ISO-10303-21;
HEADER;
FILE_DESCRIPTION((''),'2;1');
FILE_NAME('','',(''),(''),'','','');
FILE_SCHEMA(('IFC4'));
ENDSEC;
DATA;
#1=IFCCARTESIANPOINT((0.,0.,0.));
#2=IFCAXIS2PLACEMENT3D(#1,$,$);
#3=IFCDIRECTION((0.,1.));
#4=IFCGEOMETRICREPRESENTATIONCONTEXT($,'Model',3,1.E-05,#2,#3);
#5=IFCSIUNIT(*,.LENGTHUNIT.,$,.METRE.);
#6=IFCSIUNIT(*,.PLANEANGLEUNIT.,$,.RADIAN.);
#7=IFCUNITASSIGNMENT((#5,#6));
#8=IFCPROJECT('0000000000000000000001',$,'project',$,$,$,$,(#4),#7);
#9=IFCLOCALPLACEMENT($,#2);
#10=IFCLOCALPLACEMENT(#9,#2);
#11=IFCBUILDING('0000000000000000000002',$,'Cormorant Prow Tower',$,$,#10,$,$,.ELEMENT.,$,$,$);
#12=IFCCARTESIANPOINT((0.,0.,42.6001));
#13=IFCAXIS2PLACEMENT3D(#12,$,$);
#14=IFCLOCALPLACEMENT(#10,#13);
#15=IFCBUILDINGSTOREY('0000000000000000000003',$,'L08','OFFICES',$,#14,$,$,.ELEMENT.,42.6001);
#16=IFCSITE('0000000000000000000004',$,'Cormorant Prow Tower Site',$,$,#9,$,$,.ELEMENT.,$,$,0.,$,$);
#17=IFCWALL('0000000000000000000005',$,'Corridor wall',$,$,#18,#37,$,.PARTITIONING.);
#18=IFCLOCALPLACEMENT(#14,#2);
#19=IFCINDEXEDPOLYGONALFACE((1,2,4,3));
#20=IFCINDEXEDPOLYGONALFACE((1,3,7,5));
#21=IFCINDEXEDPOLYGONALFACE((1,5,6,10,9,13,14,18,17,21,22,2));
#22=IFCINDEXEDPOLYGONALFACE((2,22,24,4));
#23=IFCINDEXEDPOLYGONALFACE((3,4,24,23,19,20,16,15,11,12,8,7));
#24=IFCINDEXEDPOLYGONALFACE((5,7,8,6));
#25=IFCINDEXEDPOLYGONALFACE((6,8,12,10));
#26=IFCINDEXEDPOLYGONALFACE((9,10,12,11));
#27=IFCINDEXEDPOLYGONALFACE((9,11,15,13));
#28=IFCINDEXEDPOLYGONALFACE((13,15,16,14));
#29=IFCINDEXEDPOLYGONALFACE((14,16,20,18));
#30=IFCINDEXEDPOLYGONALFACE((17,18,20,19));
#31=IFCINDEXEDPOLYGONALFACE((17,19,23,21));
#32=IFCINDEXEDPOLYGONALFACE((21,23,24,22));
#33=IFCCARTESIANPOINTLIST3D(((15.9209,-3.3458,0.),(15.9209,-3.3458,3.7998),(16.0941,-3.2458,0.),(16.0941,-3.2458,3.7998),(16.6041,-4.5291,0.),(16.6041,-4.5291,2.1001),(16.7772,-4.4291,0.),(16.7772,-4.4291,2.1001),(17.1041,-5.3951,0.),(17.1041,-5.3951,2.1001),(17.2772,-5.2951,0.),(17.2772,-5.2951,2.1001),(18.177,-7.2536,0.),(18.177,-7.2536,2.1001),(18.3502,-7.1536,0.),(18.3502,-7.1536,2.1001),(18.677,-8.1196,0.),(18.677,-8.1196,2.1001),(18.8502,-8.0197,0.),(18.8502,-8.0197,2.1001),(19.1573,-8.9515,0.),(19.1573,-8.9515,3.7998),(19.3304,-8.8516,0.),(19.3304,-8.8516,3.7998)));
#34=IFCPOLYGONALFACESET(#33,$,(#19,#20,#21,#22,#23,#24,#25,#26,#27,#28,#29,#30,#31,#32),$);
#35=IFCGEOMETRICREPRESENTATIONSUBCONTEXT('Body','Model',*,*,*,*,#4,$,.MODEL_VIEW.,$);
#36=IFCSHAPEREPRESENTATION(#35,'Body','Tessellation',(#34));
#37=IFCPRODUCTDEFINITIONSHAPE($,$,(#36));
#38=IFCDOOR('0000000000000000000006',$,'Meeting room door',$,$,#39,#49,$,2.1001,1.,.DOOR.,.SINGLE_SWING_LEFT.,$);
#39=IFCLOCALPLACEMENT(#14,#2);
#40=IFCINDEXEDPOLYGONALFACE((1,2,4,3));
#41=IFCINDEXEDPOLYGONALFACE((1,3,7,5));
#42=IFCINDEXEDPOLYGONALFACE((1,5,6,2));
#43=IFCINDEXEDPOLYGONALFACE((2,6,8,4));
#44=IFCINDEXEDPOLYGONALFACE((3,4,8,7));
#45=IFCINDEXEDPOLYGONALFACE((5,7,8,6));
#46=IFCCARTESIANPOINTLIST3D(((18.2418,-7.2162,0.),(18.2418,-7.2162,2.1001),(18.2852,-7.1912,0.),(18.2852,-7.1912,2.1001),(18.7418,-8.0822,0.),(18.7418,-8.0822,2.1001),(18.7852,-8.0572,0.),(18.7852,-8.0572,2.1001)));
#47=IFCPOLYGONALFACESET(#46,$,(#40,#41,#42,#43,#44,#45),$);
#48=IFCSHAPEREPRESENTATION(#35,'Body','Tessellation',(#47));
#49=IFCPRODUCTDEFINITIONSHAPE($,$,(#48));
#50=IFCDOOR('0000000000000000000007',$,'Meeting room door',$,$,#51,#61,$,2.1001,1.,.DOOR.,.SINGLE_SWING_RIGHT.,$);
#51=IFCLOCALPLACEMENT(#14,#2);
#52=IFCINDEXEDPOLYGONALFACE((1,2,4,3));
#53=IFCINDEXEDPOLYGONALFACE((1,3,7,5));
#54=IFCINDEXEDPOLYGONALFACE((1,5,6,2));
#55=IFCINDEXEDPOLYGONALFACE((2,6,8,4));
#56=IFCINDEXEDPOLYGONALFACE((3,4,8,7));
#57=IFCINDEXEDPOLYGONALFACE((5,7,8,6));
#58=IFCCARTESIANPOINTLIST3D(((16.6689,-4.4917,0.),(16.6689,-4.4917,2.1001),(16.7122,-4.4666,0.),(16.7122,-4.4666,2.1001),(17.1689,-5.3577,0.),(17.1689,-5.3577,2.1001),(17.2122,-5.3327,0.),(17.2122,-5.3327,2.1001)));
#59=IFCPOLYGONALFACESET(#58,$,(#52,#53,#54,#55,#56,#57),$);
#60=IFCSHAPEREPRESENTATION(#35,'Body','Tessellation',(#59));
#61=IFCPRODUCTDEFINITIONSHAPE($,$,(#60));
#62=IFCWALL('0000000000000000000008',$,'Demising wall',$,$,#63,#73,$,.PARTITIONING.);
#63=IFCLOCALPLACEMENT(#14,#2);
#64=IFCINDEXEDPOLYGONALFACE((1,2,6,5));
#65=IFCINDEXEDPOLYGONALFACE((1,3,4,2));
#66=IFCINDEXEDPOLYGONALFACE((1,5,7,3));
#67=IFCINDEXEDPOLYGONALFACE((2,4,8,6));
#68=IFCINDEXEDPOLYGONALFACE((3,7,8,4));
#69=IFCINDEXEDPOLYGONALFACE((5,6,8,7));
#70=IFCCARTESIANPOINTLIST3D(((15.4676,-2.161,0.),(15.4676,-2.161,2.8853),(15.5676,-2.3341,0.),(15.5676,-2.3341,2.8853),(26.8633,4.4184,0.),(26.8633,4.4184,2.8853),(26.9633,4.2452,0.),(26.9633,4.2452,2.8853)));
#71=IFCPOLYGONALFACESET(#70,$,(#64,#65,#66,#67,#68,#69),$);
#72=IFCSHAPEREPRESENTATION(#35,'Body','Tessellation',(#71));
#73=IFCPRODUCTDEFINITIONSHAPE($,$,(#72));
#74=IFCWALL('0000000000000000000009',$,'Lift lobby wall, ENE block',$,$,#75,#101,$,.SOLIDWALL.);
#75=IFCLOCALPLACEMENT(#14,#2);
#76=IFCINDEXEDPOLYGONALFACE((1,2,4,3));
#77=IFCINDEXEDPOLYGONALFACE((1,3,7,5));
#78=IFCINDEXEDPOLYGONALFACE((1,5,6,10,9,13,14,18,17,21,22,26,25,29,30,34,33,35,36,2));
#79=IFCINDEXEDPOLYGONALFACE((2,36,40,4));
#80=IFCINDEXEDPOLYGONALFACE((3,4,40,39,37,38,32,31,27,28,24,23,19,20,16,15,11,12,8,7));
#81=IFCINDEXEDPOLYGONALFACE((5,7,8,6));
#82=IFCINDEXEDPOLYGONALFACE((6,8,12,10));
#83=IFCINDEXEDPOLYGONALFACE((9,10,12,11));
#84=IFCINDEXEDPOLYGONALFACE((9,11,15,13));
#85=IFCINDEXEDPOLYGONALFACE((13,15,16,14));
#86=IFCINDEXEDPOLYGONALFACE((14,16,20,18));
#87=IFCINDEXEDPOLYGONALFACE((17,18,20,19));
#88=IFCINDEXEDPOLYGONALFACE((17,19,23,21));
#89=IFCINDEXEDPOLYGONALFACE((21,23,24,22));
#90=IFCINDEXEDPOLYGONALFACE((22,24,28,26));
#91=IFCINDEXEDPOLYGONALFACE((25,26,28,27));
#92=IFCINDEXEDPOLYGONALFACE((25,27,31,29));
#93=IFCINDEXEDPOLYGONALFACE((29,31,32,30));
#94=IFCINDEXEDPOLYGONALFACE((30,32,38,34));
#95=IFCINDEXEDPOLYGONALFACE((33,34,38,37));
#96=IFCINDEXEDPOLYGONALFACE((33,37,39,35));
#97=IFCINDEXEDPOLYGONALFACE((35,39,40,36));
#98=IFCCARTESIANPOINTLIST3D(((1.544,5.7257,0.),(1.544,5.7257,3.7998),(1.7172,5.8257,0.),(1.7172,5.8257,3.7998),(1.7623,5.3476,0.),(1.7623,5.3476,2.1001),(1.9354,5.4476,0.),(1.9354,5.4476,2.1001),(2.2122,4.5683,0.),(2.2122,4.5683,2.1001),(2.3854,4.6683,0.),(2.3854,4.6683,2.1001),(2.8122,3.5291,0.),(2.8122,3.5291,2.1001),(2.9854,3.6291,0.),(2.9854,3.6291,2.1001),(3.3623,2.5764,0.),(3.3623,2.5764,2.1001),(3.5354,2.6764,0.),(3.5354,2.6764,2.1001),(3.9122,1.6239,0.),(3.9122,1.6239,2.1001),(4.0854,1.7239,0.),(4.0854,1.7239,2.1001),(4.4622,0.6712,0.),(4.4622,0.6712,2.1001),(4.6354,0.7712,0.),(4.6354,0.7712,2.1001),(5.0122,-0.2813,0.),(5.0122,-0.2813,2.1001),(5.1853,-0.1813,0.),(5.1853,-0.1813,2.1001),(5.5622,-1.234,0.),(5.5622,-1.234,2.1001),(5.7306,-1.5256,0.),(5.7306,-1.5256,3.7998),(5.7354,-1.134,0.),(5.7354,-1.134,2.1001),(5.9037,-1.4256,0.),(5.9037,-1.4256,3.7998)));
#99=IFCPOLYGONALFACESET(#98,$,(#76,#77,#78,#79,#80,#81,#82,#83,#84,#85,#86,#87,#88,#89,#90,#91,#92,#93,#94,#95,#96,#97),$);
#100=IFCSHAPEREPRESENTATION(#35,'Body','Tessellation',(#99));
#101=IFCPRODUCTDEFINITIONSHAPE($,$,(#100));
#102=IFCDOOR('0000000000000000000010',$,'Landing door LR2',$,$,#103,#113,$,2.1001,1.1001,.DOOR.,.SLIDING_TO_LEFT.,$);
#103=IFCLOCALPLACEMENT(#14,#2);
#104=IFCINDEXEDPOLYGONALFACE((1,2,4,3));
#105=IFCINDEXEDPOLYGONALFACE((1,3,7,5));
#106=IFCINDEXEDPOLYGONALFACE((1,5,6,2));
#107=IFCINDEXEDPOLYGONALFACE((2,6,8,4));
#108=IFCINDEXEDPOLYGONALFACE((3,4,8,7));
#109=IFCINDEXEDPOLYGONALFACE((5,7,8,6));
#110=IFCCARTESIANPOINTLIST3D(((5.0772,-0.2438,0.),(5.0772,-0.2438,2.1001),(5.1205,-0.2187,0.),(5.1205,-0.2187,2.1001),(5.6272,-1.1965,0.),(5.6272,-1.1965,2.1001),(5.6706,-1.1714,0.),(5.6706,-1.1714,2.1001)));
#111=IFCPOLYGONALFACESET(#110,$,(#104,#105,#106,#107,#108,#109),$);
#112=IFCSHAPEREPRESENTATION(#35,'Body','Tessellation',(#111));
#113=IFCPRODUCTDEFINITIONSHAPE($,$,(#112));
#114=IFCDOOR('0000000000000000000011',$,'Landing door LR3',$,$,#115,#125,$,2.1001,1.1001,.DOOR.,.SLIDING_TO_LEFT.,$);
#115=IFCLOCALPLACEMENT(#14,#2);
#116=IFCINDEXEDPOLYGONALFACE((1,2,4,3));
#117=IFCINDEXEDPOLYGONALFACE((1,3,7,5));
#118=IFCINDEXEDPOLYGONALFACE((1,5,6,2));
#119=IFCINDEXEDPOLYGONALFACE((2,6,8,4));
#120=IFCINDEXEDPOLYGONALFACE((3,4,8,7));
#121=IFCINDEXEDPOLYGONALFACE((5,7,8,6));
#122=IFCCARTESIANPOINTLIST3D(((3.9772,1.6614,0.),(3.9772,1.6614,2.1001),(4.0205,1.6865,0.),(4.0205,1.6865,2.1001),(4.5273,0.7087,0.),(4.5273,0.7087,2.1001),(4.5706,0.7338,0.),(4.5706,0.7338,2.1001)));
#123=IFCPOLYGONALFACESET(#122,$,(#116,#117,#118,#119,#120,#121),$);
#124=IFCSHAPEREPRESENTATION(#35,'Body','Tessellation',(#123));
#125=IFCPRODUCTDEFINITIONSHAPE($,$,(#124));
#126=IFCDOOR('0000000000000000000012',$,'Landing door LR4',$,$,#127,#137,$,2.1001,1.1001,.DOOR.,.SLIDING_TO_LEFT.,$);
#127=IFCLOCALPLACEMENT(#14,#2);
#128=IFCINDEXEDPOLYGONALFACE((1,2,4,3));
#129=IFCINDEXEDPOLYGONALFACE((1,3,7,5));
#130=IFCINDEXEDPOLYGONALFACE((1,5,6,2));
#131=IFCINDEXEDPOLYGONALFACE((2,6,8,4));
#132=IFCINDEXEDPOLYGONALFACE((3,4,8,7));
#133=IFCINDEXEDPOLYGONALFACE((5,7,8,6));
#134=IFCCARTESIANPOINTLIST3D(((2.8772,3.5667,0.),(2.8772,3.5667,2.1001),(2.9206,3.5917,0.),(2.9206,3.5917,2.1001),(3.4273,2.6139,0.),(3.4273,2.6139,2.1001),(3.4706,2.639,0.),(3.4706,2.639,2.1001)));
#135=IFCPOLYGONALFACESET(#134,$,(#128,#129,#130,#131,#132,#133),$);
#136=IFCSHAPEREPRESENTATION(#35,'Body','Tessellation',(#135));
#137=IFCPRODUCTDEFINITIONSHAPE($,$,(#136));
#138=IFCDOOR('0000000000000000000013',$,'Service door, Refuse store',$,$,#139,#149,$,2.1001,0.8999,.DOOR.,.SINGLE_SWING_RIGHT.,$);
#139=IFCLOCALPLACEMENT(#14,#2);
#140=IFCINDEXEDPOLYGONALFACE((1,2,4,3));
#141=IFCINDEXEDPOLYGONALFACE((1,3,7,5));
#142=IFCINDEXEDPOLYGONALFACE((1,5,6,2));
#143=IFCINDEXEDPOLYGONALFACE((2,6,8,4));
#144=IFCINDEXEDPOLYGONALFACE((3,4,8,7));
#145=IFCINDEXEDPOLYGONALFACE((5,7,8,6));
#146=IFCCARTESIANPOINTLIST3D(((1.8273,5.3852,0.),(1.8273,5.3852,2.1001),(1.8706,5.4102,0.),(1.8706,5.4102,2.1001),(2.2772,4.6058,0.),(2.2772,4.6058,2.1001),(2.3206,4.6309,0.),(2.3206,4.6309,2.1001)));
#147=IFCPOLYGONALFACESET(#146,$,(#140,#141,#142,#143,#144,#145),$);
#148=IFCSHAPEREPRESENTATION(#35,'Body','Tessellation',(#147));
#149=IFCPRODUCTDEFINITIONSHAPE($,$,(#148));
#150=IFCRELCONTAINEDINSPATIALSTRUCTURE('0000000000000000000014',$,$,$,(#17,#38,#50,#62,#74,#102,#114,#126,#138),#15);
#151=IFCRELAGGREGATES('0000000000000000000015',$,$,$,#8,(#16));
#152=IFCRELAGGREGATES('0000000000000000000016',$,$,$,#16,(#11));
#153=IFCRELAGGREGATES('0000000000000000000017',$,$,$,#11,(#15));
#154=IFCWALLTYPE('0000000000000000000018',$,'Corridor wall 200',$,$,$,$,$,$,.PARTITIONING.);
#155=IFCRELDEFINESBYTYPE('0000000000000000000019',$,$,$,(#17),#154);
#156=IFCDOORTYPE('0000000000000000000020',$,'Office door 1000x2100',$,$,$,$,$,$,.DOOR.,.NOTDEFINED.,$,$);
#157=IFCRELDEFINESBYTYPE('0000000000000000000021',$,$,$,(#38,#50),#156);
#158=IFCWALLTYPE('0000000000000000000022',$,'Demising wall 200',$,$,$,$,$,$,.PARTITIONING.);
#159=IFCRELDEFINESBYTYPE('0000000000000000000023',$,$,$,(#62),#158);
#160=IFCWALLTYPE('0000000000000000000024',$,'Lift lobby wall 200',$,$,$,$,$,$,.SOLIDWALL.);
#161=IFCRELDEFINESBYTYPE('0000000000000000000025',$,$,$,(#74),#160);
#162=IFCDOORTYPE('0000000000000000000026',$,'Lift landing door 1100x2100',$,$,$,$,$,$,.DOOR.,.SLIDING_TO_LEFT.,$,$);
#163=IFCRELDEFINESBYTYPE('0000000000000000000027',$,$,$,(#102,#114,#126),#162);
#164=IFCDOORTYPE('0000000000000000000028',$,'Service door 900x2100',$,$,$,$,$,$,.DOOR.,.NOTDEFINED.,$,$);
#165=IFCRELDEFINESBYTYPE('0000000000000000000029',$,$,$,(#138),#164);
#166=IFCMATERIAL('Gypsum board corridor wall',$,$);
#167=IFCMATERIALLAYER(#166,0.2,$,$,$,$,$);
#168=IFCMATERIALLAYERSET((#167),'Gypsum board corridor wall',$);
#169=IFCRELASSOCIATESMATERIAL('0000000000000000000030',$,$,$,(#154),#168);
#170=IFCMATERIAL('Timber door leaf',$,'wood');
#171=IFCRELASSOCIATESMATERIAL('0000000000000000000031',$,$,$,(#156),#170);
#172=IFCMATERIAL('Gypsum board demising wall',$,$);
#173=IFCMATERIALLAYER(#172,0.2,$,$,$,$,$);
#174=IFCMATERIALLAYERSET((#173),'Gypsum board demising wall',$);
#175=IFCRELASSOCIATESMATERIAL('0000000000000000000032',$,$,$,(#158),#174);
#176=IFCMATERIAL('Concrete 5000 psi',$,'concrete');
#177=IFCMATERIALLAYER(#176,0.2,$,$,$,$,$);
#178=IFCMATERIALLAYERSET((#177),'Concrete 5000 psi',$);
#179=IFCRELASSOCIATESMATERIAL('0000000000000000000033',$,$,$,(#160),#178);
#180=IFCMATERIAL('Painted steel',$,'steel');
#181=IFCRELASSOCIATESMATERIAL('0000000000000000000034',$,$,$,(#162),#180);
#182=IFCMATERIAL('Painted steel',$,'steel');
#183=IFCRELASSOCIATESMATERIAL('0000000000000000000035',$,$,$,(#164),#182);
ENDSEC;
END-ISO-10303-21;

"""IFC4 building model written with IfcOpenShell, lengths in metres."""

from ifc_helpers import new_model, si_unit, direction, frame, frame_2d, origin, place, context, subcontext, project, spatial, rectangle, extrude, material, layer, layer_set, type_object, element, fill, save


model = new_model("IFC4")

# Units and contexts
model_context = context("Model", 3, precision=1e-05, world=origin(), true_north=direction((0.0, 1.0)))
body_context = subcontext(model_context, "Body", "Model", "MODEL_VIEW")
ifc_project = project(units=[si_unit("LENGTHUNIT", "METRE"), si_unit("PLANEANGLEUNIT", "RADIAN")], contexts=[model_context])

# Site, building, storey
site_placement = place(None, origin())
site = spatial("IfcSite", under=ifc_project, at=site_placement, Name="Cormorant Prow Tower Site", CompositionType="ELEMENT", RefElevation=0.0)
building_placement = place(site_placement, origin())
building = spatial("IfcBuilding", under=site, at=building_placement, Name="Cormorant Prow Tower", CompositionType="ELEMENT")
storey_placement = place(building_placement, frame((0.0, 0.0, 42.6001)))
storey = spatial("IfcBuildingStorey", under=building, at=storey_placement, Name="L08", Description="OFFICES", CompositionType="ELEMENT", Elevation=42.6001)

# Wall, openings, doors
ifc_material_1 = material(Name="Gypsum board corridor wall")
ifc_layer_1 = layer(ifc_material_1, 0.2)
ifc_layer_set_1 = layer_set([ifc_layer_1], Name="Gypsum board corridor wall")
wall_type_1 = type_object("IfcWallType", Name="Corridor wall 200", PredefinedType="PARTITIONING", material=ifc_layer_set_1)
wall_1_placement = place(storey_placement, frame((16.0076, -3.2959, 0.0), z_axis=(0.0, 0.0, 1.0), x_axis=(0.499985, -0.866034, 0.0)))
wall_1 = element("IfcWall", 1, at=wall_1_placement, inside=storey, type_object=wall_type_1, Name="Corridor wall", PredefinedType="PARTITIONING", context=body_context, shape_type="SweptSolid", body=[
    extrude(rectangle(XDim=6.4729, YDim=0.2, at=frame_2d((3.2363, 0.0))), origin(), (0.0, 0.0, 1.0), 3.7998),
])
opening_1_placement = place(wall_1_placement, frame((4.5122, 0.0, 0.0)))
opening_1 = element("IfcOpeningElement", 2, at=opening_1_placement, cuts=wall_1, PredefinedType="OPENING", context=body_context, shape_type="SweptSolid", body=[
    extrude(rectangle(XDim=1.0, YDim=2.1001, at=frame_2d((0.5, 1.05))), frame((0.0, 0.1099, 0.0), z_axis=(0.0, -1.0, 0.0), x_axis=(1.0, 0.0, 0.0)), (0.0, 0.0, 1.0), 0.22),
])
opening_2_placement = place(wall_1_placement, frame((1.3662, 0.0, 0.0)))
opening_2 = element("IfcOpeningElement", 3, at=opening_2_placement, cuts=wall_1, PredefinedType="OPENING", context=body_context, shape_type="SweptSolid", body=[
    extrude(rectangle(XDim=1.0, YDim=2.1001, at=frame_2d((0.5, 1.05))), frame((0.0, 0.1099, 0.0), z_axis=(0.0, -1.0, 0.0), x_axis=(1.0, 0.0, 0.0)), (0.0, 0.0, 1.0), 0.22),
])
ifc_material_2 = material(Name="Timber door leaf", Category="wood")
door_type_1 = type_object("IfcDoorType", Name="Office door 1000x2100", OperationType="NOTDEFINED", PredefinedType="DOOR", material=ifc_material_2)
door_1_placement = place(opening_1_placement, origin())
door_1 = element("IfcDoor", 4, at=door_1_placement, inside=storey, type_object=door_type_1, Name="Meeting room door", OperationType="SINGLE_SWING_LEFT", OverallHeight=2.1001, OverallWidth=1.0, PredefinedType="DOOR", context=body_context, shape_type="SweptSolid", body=[
    extrude(rectangle(XDim=1.0, YDim=2.1001, at=frame_2d((0.5, 1.05))), frame((0.0, 0.0249, 0.0), z_axis=(0.0, -1.0, 0.0), x_axis=(1.0, 0.0, 0.0)), (0.0, 0.0, 1.0), 0.05),
])
fill(opening_1, door_1)
door_2_placement = place(opening_2_placement, origin())
door_2 = element("IfcDoor", 5, at=door_2_placement, inside=storey, type_object=door_type_1, Name="Meeting room door", OperationType="SINGLE_SWING_RIGHT", OverallHeight=2.1001, OverallWidth=1.0, PredefinedType="DOOR", context=body_context, shape_type="SweptSolid", body=[
    extrude(rectangle(XDim=1.0, YDim=2.1001, at=frame_2d((0.5, 1.05))), frame((0.0, 0.0249, 0.0), z_axis=(0.0, -1.0, 0.0), x_axis=(1.0, 0.0, 0.0)), (0.0, 0.0, 1.0), 0.05),
])
fill(opening_2, door_2)

# Wall
ifc_material_3 = material(Name="Gypsum board demising wall")
ifc_layer_2 = layer(ifc_material_3, 0.2)
ifc_layer_set_2 = layer_set([ifc_layer_2], Name="Gypsum board demising wall")
wall_type_2 = type_object("IfcWallType", Name="Demising wall 200", PredefinedType="PARTITIONING", material=ifc_layer_set_2)
wall_2_placement = place(storey_placement, frame((15.5176, -2.2476, 0.0), z_axis=(0.0, 0.0, 1.0), x_axis=(0.866025, 0.5, 0.0)))
element("IfcWall", 6, at=wall_2_placement, inside=storey, type_object=wall_type_2, Name="Demising wall", PredefinedType="PARTITIONING", context=body_context, shape_type="SweptSolid", body=[
    extrude(rectangle(XDim=13.1587, YDim=0.2, at=frame_2d((6.5793, 0.0))), origin(), (0.0, 0.0, 1.0), 2.8853),
])

# Wall, openings, doors
ifc_material_4 = material(Name="Concrete 5000 psi", Category="concrete")
ifc_layer_3 = layer(ifc_material_4, 0.2)
ifc_layer_set_3 = layer_set([ifc_layer_3], Name="Concrete 5000 psi")
wall_type_3 = type_object("IfcWallType", Name="Lift lobby wall 200", PredefinedType="SOLIDWALL", material=ifc_layer_set_3)
wall_3_placement = place(storey_placement, frame((5.8171, -1.4756, 0.0), z_axis=(0.0, 0.0, 1.0), x_axis=(-0.500003, 0.866024, 0.0)))
wall_3 = element("IfcWall", 7, at=wall_3_placement, inside=storey, type_object=wall_type_3, Name="Lift lobby wall, ENE block", PredefinedType="SOLIDWALL", context=body_context, shape_type="SweptSolid", body=[
    extrude(rectangle(XDim=8.373, YDim=0.2, at=frame_2d((4.1865, 0.0))), origin(), (0.0, 0.0, 1.0), 3.7998),
])
opening_3_placement = place(wall_3_placement, frame((0.3367, 0.0, 0.0)))
opening_3 = element("IfcOpeningElement", 8, at=opening_3_placement, cuts=wall_3, PredefinedType="OPENING", context=body_context, shape_type="SweptSolid", body=[
    extrude(rectangle(XDim=1.1001, YDim=2.1001, at=frame_2d((0.55, 1.05))), frame((0.0, 0.1099, 0.0), z_axis=(0.0, -1.0, 0.0), x_axis=(1.0, 0.0, 0.0)), (0.0, 0.0, 1.0), 0.22),
])
opening_4_placement = place(wall_3_placement, frame((2.5366, 0.0, 0.0)))
opening_4 = element("IfcOpeningElement", 9, at=opening_4_placement, cuts=wall_3, PredefinedType="OPENING", context=body_context, shape_type="SweptSolid", body=[
    extrude(rectangle(XDim=1.1001, YDim=2.1001, at=frame_2d((0.55, 1.05))), frame((0.0, 0.1099, 0.0), z_axis=(0.0, -1.0, 0.0), x_axis=(1.0, 0.0, 0.0)), (0.0, 0.0, 1.0), 0.22),
])
opening_5_placement = place(wall_3_placement, frame((4.7366, 0.0, 0.0)))
opening_5 = element("IfcOpeningElement", 10, at=opening_5_placement, cuts=wall_3, PredefinedType="OPENING", context=body_context, shape_type="SweptSolid", body=[
    extrude(rectangle(XDim=1.1001, YDim=2.1001, at=frame_2d((0.55, 1.05))), frame((0.0, 0.1099, 0.0), z_axis=(0.0, -1.0, 0.0), x_axis=(1.0, 0.0, 0.0)), (0.0, 0.0, 1.0), 0.22),
])
opening_6_placement = place(wall_3_placement, frame((7.0366, 0.0, 0.0)))
opening_6 = element("IfcOpeningElement", 11, at=opening_6_placement, cuts=wall_3, PredefinedType="OPENING", context=body_context, shape_type="SweptSolid", body=[
    extrude(rectangle(XDim=0.8999, YDim=2.1001, at=frame_2d((0.45, 1.05))), frame((0.0, 0.1099, 0.0), z_axis=(0.0, -1.0, 0.0), x_axis=(1.0, 0.0, 0.0)), (0.0, 0.0, 1.0), 0.22),
])
ifc_material_5 = material(Name="Painted steel", Category="steel")
door_type_2 = type_object("IfcDoorType", Name="Lift landing door 1100x2100", OperationType="SLIDING_TO_LEFT", PredefinedType="DOOR", material=ifc_material_5)
door_3_placement = place(opening_3_placement, origin())
door_3 = element("IfcDoor", 12, at=door_3_placement, inside=storey, type_object=door_type_2, Name="Landing door LR2", OperationType="SLIDING_TO_LEFT", OverallHeight=2.1001, OverallWidth=1.1001, PredefinedType="DOOR", context=body_context, shape_type="SweptSolid", body=[
    extrude(rectangle(XDim=1.1001, YDim=2.1001, at=frame_2d((0.55, 1.05))), frame((0.0, 0.0249, 0.0), z_axis=(0.0, -1.0, 0.0), x_axis=(1.0, 0.0, 0.0)), (0.0, 0.0, 1.0), 0.05),
])
fill(opening_3, door_3)
door_4_placement = place(opening_4_placement, origin())
door_4 = element("IfcDoor", 13, at=door_4_placement, inside=storey, type_object=door_type_2, Name="Landing door LR3", OperationType="SLIDING_TO_LEFT", OverallHeight=2.1001, OverallWidth=1.1001, PredefinedType="DOOR", context=body_context, shape_type="SweptSolid", body=[
    extrude(rectangle(XDim=1.1001, YDim=2.1001, at=frame_2d((0.55, 1.05))), frame((0.0, 0.0249, 0.0), z_axis=(0.0, -1.0, 0.0), x_axis=(1.0, 0.0, 0.0)), (0.0, 0.0, 1.0), 0.05),
])
fill(opening_4, door_4)
door_5_placement = place(opening_5_placement, origin())
door_5 = element("IfcDoor", 14, at=door_5_placement, inside=storey, type_object=door_type_2, Name="Landing door LR4", OperationType="SLIDING_TO_LEFT", OverallHeight=2.1001, OverallWidth=1.1001, PredefinedType="DOOR", context=body_context, shape_type="SweptSolid", body=[
    extrude(rectangle(XDim=1.1001, YDim=2.1001, at=frame_2d((0.55, 1.05))), frame((0.0, 0.0249, 0.0), z_axis=(0.0, -1.0, 0.0), x_axis=(1.0, 0.0, 0.0)), (0.0, 0.0, 1.0), 0.05),
])
fill(opening_5, door_5)
ifc_material_6 = material(Name="Painted steel", Category="steel")
door_type_3 = type_object("IfcDoorType", Name="Service door 900x2100", OperationType="NOTDEFINED", PredefinedType="DOOR", material=ifc_material_6)
door_6_placement = place(opening_6_placement, origin())
door_6 = element("IfcDoor", 15, at=door_6_placement, inside=storey, type_object=door_type_3, Name="Service door, Refuse store", OperationType="SINGLE_SWING_RIGHT", OverallHeight=2.1001, OverallWidth=0.8999, PredefinedType="DOOR", context=body_context, shape_type="SweptSolid", body=[
    extrude(rectangle(XDim=0.8999, YDim=2.1001, at=frame_2d((0.45, 1.05))), frame((0.0, 0.0249, 0.0), z_axis=(0.0, -1.0, 0.0), x_axis=(1.0, 0.0, 0.0)), (0.0, 0.0, 1.0), 0.05),
])
fill(opening_6, door_6)

save(model, "model.ifc")
